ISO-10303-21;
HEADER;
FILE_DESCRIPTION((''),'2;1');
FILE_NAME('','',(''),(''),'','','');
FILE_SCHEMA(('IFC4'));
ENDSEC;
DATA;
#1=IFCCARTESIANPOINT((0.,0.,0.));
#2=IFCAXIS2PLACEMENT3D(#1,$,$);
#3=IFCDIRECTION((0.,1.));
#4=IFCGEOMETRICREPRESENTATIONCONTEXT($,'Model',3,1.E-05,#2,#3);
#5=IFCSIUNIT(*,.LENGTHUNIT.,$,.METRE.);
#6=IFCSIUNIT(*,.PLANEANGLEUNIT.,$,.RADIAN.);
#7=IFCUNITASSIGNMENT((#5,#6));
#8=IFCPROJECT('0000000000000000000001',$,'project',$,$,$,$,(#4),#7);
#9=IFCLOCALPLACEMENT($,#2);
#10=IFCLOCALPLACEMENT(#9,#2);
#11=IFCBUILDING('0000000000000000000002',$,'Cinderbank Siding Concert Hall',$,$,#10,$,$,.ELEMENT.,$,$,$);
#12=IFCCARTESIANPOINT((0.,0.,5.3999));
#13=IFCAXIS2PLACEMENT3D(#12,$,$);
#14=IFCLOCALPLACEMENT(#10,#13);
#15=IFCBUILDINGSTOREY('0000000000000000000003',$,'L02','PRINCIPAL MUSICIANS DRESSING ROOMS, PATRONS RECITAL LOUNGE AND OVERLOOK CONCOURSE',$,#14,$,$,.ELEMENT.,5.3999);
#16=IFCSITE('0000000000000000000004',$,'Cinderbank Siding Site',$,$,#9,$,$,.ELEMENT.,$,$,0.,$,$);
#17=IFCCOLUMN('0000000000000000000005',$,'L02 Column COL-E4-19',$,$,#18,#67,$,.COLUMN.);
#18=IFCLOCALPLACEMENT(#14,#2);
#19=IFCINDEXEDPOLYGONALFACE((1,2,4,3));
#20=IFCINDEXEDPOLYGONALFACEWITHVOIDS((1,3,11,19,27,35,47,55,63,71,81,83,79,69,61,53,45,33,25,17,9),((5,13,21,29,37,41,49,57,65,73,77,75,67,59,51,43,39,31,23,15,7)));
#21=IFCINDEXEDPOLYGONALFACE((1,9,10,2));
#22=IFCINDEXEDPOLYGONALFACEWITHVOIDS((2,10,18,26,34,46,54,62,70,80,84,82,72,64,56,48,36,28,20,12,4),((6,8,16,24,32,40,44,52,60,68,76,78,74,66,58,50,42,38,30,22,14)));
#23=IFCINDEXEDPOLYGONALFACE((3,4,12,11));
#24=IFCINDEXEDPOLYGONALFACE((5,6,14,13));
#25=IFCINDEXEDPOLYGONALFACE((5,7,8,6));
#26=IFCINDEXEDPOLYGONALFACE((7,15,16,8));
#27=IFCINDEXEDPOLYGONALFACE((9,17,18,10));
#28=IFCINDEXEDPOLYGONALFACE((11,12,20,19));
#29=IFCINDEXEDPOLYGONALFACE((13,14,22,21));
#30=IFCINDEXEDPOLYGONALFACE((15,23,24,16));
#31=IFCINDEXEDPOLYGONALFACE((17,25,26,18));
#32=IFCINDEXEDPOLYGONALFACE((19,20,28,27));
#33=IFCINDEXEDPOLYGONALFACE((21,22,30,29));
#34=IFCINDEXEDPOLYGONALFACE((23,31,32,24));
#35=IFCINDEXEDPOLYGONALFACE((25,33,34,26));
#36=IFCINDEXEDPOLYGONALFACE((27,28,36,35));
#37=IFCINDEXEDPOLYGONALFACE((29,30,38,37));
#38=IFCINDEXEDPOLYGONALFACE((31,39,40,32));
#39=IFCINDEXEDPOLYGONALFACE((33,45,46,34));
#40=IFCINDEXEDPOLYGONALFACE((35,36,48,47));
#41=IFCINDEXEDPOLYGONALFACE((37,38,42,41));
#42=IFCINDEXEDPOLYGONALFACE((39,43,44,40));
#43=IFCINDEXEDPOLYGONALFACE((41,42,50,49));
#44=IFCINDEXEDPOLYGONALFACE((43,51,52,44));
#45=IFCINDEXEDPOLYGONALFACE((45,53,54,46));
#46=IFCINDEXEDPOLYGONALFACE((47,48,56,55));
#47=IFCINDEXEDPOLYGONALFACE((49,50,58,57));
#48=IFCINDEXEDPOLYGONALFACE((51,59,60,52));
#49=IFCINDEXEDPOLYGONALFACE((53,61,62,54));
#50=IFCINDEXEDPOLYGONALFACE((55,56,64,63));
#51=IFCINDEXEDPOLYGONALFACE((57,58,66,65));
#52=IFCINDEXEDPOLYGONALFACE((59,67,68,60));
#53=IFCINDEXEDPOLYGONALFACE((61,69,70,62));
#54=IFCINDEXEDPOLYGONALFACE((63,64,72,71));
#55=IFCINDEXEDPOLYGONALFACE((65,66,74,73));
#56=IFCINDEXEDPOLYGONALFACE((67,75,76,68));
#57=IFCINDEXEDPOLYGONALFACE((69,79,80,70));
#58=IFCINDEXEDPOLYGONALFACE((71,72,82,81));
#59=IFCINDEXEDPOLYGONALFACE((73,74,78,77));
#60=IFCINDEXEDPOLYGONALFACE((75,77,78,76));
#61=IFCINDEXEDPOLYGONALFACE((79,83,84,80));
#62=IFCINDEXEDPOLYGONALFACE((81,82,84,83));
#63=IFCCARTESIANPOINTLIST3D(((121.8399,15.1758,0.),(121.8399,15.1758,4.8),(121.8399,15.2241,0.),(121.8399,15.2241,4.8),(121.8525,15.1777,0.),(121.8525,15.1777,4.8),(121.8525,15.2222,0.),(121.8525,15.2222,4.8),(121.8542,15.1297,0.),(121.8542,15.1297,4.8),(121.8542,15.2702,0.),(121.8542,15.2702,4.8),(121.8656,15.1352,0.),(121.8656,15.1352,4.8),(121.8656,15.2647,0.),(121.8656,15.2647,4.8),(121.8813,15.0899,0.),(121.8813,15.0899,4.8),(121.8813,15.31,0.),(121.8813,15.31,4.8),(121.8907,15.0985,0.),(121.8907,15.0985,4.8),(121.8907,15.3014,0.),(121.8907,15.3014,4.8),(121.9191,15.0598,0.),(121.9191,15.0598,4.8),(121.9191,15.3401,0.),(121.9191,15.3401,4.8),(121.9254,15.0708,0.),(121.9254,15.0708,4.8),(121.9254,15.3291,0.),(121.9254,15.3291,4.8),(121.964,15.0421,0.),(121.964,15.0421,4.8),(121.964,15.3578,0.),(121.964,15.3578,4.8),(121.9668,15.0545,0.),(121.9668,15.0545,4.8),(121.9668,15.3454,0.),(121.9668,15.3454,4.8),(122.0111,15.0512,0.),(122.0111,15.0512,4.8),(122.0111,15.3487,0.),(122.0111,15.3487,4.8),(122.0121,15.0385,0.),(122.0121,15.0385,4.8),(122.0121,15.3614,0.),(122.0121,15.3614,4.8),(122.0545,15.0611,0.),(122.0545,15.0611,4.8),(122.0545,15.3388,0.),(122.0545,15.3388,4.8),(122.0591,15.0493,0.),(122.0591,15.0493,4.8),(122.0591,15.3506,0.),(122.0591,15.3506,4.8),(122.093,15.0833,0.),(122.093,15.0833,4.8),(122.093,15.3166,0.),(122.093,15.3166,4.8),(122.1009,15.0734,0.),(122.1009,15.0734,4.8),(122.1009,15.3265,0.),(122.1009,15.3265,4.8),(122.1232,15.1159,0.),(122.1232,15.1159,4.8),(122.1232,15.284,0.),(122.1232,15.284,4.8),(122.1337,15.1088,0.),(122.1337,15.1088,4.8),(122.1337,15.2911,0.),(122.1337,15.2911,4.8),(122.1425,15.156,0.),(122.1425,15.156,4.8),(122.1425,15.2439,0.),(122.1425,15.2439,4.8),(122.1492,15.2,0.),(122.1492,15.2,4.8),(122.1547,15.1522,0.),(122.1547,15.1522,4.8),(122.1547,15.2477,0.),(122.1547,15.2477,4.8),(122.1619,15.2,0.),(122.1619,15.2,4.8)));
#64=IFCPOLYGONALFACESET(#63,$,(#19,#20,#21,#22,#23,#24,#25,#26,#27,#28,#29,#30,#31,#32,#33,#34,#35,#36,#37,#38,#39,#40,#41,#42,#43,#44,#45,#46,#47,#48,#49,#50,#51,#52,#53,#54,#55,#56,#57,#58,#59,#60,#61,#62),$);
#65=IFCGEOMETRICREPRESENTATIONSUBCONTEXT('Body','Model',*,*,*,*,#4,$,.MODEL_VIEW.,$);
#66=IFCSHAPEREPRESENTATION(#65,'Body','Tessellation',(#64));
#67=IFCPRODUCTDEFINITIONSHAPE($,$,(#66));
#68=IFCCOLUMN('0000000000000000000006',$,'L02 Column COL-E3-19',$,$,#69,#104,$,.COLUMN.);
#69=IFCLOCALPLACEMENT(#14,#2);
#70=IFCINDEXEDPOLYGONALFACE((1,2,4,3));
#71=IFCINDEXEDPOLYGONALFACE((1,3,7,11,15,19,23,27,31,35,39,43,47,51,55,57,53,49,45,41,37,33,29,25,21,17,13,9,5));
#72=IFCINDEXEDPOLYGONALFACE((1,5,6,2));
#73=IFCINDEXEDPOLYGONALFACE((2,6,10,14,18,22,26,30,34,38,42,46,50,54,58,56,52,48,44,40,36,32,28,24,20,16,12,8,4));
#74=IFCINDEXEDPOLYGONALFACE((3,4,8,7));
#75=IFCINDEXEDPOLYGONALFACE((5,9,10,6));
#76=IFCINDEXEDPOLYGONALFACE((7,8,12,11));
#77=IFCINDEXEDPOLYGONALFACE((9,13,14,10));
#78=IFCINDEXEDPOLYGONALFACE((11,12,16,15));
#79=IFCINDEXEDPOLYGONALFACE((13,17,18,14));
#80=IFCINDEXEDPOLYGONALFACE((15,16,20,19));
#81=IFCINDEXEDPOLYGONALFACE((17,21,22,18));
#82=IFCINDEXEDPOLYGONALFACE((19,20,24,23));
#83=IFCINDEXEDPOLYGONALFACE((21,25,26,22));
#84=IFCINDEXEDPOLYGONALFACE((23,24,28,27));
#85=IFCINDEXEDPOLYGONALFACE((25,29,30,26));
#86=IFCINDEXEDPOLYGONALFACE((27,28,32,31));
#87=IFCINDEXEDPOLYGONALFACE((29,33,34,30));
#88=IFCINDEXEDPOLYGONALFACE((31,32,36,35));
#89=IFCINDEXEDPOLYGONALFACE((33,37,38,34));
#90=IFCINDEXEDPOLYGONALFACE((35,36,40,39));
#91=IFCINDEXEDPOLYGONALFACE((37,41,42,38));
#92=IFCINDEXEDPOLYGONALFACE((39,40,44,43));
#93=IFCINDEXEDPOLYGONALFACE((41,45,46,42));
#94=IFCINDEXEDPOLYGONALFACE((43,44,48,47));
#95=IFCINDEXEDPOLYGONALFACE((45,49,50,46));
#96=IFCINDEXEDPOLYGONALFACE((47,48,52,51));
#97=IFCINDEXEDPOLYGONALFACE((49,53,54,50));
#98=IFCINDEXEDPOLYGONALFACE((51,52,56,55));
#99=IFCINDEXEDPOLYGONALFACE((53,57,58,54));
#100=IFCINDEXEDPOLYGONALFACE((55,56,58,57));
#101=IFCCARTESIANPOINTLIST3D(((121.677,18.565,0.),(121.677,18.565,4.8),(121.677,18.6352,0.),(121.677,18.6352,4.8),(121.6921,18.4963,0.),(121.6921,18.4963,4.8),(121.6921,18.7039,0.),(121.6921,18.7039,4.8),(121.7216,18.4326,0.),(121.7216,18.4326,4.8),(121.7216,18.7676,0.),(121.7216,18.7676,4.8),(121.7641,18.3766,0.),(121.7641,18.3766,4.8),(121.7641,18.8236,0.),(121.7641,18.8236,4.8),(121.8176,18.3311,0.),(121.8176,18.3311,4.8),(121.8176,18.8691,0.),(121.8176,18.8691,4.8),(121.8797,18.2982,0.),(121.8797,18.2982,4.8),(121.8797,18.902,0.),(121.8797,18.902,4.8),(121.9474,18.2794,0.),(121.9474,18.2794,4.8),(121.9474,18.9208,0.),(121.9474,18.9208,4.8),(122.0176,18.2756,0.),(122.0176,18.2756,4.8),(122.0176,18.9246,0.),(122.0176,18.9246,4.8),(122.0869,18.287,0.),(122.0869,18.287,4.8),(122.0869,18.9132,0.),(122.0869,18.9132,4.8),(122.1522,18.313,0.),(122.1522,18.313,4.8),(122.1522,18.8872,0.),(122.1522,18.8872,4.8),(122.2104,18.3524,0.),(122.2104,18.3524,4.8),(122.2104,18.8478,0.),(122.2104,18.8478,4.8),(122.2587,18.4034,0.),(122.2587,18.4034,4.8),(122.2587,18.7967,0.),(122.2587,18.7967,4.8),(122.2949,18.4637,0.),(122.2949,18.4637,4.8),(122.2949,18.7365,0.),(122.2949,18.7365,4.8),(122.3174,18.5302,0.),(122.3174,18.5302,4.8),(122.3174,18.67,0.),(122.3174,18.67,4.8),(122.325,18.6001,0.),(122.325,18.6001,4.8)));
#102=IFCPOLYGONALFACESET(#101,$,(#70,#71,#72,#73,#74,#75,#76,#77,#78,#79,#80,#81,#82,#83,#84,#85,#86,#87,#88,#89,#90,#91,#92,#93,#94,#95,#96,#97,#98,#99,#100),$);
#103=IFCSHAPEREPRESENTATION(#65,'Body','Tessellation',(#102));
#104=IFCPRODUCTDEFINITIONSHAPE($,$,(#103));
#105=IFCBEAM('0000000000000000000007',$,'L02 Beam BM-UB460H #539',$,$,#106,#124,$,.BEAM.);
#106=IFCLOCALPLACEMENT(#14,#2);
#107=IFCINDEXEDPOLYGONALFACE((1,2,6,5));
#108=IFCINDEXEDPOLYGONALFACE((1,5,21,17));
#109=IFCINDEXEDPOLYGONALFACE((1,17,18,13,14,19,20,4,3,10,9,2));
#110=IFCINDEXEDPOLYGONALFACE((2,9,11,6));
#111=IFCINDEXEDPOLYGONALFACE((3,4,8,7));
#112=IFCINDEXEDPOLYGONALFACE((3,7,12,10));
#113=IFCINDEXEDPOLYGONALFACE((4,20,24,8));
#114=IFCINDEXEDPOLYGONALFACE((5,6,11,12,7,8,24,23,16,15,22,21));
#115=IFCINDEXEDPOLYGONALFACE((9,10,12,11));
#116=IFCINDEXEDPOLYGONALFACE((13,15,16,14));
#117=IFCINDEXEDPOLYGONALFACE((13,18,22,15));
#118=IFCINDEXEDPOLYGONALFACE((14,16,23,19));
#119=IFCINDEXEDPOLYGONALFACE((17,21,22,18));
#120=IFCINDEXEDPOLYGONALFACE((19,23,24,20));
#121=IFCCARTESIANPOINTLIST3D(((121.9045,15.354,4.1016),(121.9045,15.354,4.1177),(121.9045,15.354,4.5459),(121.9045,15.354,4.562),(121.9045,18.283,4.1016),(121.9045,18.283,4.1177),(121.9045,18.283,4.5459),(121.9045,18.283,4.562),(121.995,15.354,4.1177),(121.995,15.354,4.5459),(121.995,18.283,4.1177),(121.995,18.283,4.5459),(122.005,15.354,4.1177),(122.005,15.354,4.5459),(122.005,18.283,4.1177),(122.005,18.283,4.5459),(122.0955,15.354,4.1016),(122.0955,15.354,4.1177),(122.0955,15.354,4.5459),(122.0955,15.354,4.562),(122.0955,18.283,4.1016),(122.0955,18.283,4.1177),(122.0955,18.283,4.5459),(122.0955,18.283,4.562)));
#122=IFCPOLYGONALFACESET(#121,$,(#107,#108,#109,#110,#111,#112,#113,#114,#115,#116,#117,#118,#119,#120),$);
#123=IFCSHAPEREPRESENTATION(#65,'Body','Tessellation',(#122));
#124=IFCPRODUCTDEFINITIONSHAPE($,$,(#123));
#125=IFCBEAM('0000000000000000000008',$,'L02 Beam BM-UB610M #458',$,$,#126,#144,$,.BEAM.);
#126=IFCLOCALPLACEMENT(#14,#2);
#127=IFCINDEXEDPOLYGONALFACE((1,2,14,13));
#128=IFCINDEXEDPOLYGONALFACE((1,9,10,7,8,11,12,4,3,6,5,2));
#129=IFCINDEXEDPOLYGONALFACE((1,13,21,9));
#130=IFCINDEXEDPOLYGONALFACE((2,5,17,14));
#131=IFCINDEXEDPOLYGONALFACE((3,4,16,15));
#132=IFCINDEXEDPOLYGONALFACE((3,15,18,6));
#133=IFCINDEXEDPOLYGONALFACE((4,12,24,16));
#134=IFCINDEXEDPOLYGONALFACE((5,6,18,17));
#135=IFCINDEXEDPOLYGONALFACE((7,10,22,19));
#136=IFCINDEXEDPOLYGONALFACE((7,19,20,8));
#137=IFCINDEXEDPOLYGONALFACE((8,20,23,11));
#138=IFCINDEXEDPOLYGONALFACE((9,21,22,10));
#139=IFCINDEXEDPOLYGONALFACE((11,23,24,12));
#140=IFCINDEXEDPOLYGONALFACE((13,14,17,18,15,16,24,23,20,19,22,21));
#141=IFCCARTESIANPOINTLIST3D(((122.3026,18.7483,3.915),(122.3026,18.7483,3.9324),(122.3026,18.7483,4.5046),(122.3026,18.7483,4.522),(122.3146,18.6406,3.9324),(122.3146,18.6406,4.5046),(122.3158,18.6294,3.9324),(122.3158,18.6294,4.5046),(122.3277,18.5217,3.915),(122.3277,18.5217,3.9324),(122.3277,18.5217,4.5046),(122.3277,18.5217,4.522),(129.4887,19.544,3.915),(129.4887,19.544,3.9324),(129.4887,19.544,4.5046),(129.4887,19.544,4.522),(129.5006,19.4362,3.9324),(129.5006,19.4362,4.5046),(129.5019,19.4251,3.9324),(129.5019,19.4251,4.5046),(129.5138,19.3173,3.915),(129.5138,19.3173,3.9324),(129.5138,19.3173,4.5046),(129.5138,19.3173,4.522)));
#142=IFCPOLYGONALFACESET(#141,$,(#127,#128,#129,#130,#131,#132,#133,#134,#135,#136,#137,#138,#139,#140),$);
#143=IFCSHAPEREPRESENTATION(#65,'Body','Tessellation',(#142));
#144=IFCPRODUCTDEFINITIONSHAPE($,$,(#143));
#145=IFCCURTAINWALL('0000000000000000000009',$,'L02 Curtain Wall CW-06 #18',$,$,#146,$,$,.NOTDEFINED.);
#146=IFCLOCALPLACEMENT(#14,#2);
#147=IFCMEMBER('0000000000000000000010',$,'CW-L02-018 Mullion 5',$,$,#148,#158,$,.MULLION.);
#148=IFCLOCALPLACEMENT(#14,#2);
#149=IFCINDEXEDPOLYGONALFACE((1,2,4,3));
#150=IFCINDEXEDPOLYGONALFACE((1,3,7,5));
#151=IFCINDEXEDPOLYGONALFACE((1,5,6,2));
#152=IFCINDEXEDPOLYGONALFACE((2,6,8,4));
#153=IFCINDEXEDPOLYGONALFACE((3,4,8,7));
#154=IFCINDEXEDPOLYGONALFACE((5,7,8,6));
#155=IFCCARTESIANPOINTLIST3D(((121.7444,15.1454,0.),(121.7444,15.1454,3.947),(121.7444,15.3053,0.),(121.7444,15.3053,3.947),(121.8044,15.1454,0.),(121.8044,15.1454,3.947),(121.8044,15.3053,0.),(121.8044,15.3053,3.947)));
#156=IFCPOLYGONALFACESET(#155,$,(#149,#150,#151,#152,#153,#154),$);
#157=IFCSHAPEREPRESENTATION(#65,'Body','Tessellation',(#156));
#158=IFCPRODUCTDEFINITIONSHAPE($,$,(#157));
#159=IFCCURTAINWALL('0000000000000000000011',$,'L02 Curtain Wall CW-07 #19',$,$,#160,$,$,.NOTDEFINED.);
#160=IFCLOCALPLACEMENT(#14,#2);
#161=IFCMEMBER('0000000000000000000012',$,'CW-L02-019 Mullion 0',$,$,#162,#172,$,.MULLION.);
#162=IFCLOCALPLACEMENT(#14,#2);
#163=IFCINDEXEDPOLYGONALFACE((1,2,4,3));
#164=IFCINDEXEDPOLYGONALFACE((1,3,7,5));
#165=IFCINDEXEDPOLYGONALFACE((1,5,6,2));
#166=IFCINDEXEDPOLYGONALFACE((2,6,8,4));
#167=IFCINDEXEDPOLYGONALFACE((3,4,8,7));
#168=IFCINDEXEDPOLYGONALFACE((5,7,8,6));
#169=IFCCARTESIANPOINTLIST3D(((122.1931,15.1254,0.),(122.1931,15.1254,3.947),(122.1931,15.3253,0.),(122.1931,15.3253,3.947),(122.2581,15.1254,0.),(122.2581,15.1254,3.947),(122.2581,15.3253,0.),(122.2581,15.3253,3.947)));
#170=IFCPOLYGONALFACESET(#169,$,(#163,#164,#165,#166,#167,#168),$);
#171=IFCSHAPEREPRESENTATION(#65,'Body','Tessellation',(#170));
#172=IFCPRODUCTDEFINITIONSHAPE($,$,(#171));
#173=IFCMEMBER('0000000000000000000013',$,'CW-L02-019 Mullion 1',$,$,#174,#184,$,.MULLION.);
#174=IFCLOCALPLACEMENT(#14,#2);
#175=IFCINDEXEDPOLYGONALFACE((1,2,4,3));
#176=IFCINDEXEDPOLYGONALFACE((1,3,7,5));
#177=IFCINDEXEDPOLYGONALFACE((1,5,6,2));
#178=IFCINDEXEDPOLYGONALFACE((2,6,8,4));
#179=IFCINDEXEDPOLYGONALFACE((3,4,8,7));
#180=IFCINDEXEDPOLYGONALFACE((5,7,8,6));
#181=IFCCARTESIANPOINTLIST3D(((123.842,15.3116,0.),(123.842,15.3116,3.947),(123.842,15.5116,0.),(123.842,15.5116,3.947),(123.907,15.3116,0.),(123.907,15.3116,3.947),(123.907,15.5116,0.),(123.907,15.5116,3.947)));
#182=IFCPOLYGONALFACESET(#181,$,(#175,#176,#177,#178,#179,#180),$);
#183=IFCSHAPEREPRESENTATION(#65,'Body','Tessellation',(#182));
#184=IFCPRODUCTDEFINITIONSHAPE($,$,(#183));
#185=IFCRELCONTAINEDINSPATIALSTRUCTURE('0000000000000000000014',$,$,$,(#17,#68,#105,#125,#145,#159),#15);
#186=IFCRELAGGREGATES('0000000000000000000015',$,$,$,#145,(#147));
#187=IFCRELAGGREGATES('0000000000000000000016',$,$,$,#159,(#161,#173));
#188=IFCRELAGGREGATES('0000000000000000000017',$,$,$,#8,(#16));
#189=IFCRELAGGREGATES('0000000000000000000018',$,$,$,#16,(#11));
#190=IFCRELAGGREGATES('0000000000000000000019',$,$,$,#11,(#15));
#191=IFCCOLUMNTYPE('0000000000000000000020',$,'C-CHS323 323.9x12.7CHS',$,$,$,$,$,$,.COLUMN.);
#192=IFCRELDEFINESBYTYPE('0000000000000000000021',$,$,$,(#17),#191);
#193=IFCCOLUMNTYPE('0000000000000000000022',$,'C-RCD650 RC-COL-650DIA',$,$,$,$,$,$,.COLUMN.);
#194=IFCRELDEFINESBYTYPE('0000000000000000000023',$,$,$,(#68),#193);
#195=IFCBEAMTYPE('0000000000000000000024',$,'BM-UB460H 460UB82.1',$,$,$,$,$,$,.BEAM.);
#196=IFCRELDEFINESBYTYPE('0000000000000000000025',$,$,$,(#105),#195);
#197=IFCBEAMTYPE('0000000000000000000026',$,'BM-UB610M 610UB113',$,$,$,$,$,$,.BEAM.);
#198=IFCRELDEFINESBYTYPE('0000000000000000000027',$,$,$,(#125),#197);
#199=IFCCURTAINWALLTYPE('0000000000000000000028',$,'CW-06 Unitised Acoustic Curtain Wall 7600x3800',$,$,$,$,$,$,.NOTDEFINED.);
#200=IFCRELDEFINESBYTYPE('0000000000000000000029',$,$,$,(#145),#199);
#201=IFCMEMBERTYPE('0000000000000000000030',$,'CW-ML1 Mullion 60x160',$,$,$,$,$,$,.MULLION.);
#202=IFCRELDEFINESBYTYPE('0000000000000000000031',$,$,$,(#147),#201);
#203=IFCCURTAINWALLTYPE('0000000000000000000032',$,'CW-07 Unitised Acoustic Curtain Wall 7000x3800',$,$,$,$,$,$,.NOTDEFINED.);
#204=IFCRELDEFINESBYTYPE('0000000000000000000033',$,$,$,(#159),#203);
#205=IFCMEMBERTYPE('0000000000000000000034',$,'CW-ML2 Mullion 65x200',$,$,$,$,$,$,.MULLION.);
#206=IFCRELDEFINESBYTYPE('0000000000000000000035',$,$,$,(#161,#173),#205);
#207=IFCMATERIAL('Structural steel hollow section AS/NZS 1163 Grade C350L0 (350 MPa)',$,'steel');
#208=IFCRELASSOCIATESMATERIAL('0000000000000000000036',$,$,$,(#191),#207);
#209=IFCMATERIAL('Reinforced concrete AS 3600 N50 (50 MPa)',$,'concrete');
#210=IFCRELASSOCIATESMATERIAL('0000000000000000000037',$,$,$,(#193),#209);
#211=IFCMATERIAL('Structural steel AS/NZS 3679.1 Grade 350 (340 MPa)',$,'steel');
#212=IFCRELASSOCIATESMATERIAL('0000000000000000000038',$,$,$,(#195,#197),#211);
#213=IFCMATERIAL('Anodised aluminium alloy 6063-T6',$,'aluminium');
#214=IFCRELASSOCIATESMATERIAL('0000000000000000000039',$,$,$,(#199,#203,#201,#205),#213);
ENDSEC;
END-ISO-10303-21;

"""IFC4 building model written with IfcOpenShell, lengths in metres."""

from ifc_helpers import new_model, si_unit, direction, frame, origin, origin_2d, place, context, subcontext, project, spatial, rectangle, circle, hollow_circle, i_section, extrude, material, material_profile, profile_set, type_object, element, aggregate, save


model = new_model("IFC4")

# Units and contexts
model_context = context("Model", 3, precision=1e-05, world=origin(), true_north=direction((0.0, 1.0)))
body_context = subcontext(model_context, "Body", "Model", "MODEL_VIEW")
ifc_project = project(units=[si_unit("LENGTHUNIT", "METRE"), si_unit("PLANEANGLEUNIT", "RADIAN")], contexts=[model_context])

# Site, building, storey
site_placement = place(None, origin())
site = spatial("IfcSite", under=ifc_project, at=site_placement, Name="Cinderbank Siding Site", CompositionType="ELEMENT", RefElevation=0.0)
building_placement = place(site_placement, origin())
building = spatial("IfcBuilding", under=site, at=building_placement, Name="Cinderbank Siding Concert Hall", CompositionType="ELEMENT")
storey_placement = place(building_placement, frame((0.0, 0.0, 5.3999)))
storey = spatial("IfcBuildingStorey", under=building, at=storey_placement, Name="L02", Description="PRINCIPAL MUSICIANS DRESSING ROOMS, PATRONS RECITAL LOUNGE AND OVERLOOK CONCOURSE", CompositionType="ELEMENT", Elevation=5.3999)

# Columns
ifc_material_1 = material(Name="Structural steel hollow section AS/NZS 1163 Grade C350L0 (350 MPa)", Category="steel")
ifc_material_profile_1 = material_profile(ifc_material_1, hollow_circle(Radius=0.1619, WallThickness=0.0127, at=origin_2d()), Name="323.9x12.7CHS", Category="LoadBearing")
ifc_profile_set_1 = profile_set([ifc_material_profile_1], Name="Structural steel hollow section AS/NZS 1163 Grade C350L0 (350 MPa)")
column_type_1 = type_object("IfcColumnType", Name="C-CHS323 323.9x12.7CHS", PredefinedType="COLUMN", material=ifc_profile_set_1)
column_1_placement = place(storey_placement, frame((122.0, 15.2, 0.0), z_axis=(0.0, 0.0, 1.0), x_axis=(1.0, 0.0, 0.0)))
element("IfcColumn", 1, at=column_1_placement, inside=storey, type_object=column_type_1, Name="L02 Column COL-E4-19", PredefinedType="COLUMN", context=body_context, shape_type="SweptSolid", body=[
    extrude(hollow_circle(Radius=0.1619, WallThickness=0.0127, at=origin_2d()), origin(), (0.0, 0.0, 1.0), 4.8),
])
ifc_material_2 = material(Name="Reinforced concrete AS 3600 N50 (50 MPa)", Category="concrete")
ifc_material_profile_2 = material_profile(ifc_material_2, circle(Radius=0.325, at=origin_2d()), Name="RC-COL-650DIA", Category="LoadBearing")
ifc_profile_set_2 = profile_set([ifc_material_profile_2], Name="Reinforced concrete AS 3600 N50 (50 MPa)")
column_type_2 = type_object("IfcColumnType", Name="C-RCD650 RC-COL-650DIA", PredefinedType="COLUMN", material=ifc_profile_set_2)
column_2_placement = place(storey_placement, frame((122.0, 18.6001, 0.0), z_axis=(0.0, 0.0, 1.0), x_axis=(1.0, 0.0, 0.0)))
element("IfcColumn", 2, at=column_2_placement, inside=storey, type_object=column_type_2, Name="L02 Column COL-E3-19", PredefinedType="COLUMN", context=body_context, shape_type="SweptSolid", body=[
    extrude(circle(Radius=0.325, at=origin_2d()), origin(), (0.0, 0.0, 1.0), 4.8),
])

# Beams
ifc_material_3 = material(Name="Structural steel AS/NZS 3679.1 Grade 350 (340 MPa)", Category="steel")
ifc_material_profile_3 = material_profile(ifc_material_3, i_section(OverallWidth=0.1909, OverallDepth=0.4604, WebThickness=0.01, FlangeThickness=0.0161, at=origin_2d()), Name="460UB82.1", Category="LoadBearing")
ifc_profile_set_3 = profile_set([ifc_material_profile_3], Name="Structural steel AS/NZS 3679.1 Grade 350 (340 MPa)")
beam_type_1 = type_object("IfcBeamType", Name="BM-UB460H 460UB82.1", PredefinedType="BEAM", material=ifc_profile_set_3)
beam_1_placement = place(storey_placement, frame((122.0, 18.283, 4.3318), z_axis=(0.0, -1.0, 0.0), x_axis=(1.0, 0.0, 0.0)))
element("IfcBeam", 3, at=beam_1_placement, inside=storey, type_object=beam_type_1, Name="L02 Beam BM-UB460H #539", PredefinedType="BEAM", context=body_context, shape_type="SweptSolid", body=[
    extrude(i_section(OverallWidth=0.1909, OverallDepth=0.4604, WebThickness=0.01, FlangeThickness=0.0161, at=origin_2d()), origin(), (0.0, 0.0, 1.0), 2.929),
])
ifc_material_profile_4 = material_profile(ifc_material_3, i_section(OverallWidth=0.228, OverallDepth=0.6069, WebThickness=0.0112, FlangeThickness=0.0173, at=origin_2d()), Name="610UB113", Category="LoadBearing")
ifc_profile_set_4 = profile_set([ifc_material_profile_4], Name="Structural steel AS/NZS 3679.1 Grade 350 (340 MPa)")
beam_type_2 = type_object("IfcBeamType", Name="BM-UB610M 610UB113", PredefinedType="BEAM", material=ifc_profile_set_4)
beam_2_placement = place(storey_placement, frame((122.3152, 18.635, 4.2185), z_axis=(0.993926, 0.11005, 0.0), x_axis=(-0.11005, 0.993926, 0.0)))
element("IfcBeam", 4, at=beam_2_placement, inside=storey, type_object=beam_type_2, Name="L02 Beam BM-UB610M #458", PredefinedType="BEAM", context=body_context, shape_type="SweptSolid", body=[
    extrude(i_section(OverallWidth=0.228, OverallDepth=0.6069, WebThickness=0.0112, FlangeThickness=0.0173, at=origin_2d()), origin(), (0.0, 0.0, 1.0), 7.23),
])

# Curtain wall, member
ifc_material_4 = material(Name="Anodised aluminium alloy 6063-T6", Category="aluminium")
curtain_wall_type_1 = type_object("IfcCurtainWallType", Name="CW-06 Unitised Acoustic Curtain Wall 7600x3800", PredefinedType="NOTDEFINED", material=ifc_material_4)
curtain_wall_1_placement = place(storey_placement, origin())
curtain_wall_1 = element("IfcCurtainWall", 5, at=curtain_wall_1_placement, inside=storey, type_object=curtain_wall_type_1, Name="L02 Curtain Wall CW-06 #18", PredefinedType="NOTDEFINED")
ifc_material_profile_5 = material_profile(ifc_material_4, rectangle(XDim=0.0601, YDim=0.1599, at=origin_2d()), Name="ALU-MULL-60x160", Category="LoadBearing")
ifc_profile_set_5 = profile_set([ifc_material_profile_5], Name="Anodised aluminium alloy 6063-T6")
member_type_1 = type_object("IfcMemberType", Name="CW-ML1 Mullion 60x160", PredefinedType="MULLION", material=ifc_profile_set_5)
member_1_placement = place(storey_placement, frame((121.7744, 15.2253, 0.0), z_axis=(0.0, 0.0, 1.0), x_axis=(1.0, 0.0, 0.0)))
member_1 = element("IfcMember", 6, at=member_1_placement, type_object=member_type_1, Name="CW-L02-018 Mullion 5", PredefinedType="MULLION", context=body_context, shape_type="SweptSolid", body=[
    extrude(rectangle(XDim=0.0601, YDim=0.1599, at=origin_2d()), origin(), (0.0, 0.0, 1.0), 3.947),
])

# Curtain wall, members
curtain_wall_type_2 = type_object("IfcCurtainWallType", Name="CW-07 Unitised Acoustic Curtain Wall 7000x3800", PredefinedType="NOTDEFINED", material=ifc_material_4)
curtain_wall_2_placement = place(storey_placement, origin())
curtain_wall_2 = element("IfcCurtainWall", 7, at=curtain_wall_2_placement, inside=storey, type_object=curtain_wall_type_2, Name="L02 Curtain Wall CW-07 #19", PredefinedType="NOTDEFINED")
ifc_material_profile_6 = material_profile(ifc_material_4, rectangle(XDim=0.0649, YDim=0.2, at=origin_2d()), Name="ALU-MULL-65x200", Category="LoadBearing")
ifc_profile_set_6 = profile_set([ifc_material_profile_6], Name="Anodised aluminium alloy 6063-T6")
member_type_2 = type_object("IfcMemberType", Name="CW-ML2 Mullion 65x200", PredefinedType="MULLION", material=ifc_profile_set_6)
member_2_placement = place(storey_placement, frame((122.2256, 15.2253, 0.0), z_axis=(0.0, 0.0, 1.0), x_axis=(1.0, 0.0, 0.0)))
member_2 = element("IfcMember", 8, at=member_2_placement, type_object=member_type_2, Name="CW-L02-019 Mullion 0", PredefinedType="MULLION", context=body_context, shape_type="SweptSolid", body=[
    extrude(rectangle(XDim=0.0649, YDim=0.2, at=origin_2d()), origin(), (0.0, 0.0, 1.0), 3.947),
])
member_3_placement = place(storey_placement, frame((123.8745, 15.4116, 0.0), z_axis=(0.0, 0.0, 1.0), x_axis=(1.0, 0.0, 0.0)))
member_3 = element("IfcMember", 9, at=member_3_placement, type_object=member_type_2, Name="CW-L02-019 Mullion 1", PredefinedType="MULLION", context=body_context, shape_type="SweptSolid", body=[
    extrude(rectangle(XDim=0.0649, YDim=0.2, at=origin_2d()), origin(), (0.0, 0.0, 1.0), 3.947),
])

aggregate(curtain_wall_1, [member_1])
aggregate(curtain_wall_2, [member_2, member_3])

save(model, "model.ifc")
